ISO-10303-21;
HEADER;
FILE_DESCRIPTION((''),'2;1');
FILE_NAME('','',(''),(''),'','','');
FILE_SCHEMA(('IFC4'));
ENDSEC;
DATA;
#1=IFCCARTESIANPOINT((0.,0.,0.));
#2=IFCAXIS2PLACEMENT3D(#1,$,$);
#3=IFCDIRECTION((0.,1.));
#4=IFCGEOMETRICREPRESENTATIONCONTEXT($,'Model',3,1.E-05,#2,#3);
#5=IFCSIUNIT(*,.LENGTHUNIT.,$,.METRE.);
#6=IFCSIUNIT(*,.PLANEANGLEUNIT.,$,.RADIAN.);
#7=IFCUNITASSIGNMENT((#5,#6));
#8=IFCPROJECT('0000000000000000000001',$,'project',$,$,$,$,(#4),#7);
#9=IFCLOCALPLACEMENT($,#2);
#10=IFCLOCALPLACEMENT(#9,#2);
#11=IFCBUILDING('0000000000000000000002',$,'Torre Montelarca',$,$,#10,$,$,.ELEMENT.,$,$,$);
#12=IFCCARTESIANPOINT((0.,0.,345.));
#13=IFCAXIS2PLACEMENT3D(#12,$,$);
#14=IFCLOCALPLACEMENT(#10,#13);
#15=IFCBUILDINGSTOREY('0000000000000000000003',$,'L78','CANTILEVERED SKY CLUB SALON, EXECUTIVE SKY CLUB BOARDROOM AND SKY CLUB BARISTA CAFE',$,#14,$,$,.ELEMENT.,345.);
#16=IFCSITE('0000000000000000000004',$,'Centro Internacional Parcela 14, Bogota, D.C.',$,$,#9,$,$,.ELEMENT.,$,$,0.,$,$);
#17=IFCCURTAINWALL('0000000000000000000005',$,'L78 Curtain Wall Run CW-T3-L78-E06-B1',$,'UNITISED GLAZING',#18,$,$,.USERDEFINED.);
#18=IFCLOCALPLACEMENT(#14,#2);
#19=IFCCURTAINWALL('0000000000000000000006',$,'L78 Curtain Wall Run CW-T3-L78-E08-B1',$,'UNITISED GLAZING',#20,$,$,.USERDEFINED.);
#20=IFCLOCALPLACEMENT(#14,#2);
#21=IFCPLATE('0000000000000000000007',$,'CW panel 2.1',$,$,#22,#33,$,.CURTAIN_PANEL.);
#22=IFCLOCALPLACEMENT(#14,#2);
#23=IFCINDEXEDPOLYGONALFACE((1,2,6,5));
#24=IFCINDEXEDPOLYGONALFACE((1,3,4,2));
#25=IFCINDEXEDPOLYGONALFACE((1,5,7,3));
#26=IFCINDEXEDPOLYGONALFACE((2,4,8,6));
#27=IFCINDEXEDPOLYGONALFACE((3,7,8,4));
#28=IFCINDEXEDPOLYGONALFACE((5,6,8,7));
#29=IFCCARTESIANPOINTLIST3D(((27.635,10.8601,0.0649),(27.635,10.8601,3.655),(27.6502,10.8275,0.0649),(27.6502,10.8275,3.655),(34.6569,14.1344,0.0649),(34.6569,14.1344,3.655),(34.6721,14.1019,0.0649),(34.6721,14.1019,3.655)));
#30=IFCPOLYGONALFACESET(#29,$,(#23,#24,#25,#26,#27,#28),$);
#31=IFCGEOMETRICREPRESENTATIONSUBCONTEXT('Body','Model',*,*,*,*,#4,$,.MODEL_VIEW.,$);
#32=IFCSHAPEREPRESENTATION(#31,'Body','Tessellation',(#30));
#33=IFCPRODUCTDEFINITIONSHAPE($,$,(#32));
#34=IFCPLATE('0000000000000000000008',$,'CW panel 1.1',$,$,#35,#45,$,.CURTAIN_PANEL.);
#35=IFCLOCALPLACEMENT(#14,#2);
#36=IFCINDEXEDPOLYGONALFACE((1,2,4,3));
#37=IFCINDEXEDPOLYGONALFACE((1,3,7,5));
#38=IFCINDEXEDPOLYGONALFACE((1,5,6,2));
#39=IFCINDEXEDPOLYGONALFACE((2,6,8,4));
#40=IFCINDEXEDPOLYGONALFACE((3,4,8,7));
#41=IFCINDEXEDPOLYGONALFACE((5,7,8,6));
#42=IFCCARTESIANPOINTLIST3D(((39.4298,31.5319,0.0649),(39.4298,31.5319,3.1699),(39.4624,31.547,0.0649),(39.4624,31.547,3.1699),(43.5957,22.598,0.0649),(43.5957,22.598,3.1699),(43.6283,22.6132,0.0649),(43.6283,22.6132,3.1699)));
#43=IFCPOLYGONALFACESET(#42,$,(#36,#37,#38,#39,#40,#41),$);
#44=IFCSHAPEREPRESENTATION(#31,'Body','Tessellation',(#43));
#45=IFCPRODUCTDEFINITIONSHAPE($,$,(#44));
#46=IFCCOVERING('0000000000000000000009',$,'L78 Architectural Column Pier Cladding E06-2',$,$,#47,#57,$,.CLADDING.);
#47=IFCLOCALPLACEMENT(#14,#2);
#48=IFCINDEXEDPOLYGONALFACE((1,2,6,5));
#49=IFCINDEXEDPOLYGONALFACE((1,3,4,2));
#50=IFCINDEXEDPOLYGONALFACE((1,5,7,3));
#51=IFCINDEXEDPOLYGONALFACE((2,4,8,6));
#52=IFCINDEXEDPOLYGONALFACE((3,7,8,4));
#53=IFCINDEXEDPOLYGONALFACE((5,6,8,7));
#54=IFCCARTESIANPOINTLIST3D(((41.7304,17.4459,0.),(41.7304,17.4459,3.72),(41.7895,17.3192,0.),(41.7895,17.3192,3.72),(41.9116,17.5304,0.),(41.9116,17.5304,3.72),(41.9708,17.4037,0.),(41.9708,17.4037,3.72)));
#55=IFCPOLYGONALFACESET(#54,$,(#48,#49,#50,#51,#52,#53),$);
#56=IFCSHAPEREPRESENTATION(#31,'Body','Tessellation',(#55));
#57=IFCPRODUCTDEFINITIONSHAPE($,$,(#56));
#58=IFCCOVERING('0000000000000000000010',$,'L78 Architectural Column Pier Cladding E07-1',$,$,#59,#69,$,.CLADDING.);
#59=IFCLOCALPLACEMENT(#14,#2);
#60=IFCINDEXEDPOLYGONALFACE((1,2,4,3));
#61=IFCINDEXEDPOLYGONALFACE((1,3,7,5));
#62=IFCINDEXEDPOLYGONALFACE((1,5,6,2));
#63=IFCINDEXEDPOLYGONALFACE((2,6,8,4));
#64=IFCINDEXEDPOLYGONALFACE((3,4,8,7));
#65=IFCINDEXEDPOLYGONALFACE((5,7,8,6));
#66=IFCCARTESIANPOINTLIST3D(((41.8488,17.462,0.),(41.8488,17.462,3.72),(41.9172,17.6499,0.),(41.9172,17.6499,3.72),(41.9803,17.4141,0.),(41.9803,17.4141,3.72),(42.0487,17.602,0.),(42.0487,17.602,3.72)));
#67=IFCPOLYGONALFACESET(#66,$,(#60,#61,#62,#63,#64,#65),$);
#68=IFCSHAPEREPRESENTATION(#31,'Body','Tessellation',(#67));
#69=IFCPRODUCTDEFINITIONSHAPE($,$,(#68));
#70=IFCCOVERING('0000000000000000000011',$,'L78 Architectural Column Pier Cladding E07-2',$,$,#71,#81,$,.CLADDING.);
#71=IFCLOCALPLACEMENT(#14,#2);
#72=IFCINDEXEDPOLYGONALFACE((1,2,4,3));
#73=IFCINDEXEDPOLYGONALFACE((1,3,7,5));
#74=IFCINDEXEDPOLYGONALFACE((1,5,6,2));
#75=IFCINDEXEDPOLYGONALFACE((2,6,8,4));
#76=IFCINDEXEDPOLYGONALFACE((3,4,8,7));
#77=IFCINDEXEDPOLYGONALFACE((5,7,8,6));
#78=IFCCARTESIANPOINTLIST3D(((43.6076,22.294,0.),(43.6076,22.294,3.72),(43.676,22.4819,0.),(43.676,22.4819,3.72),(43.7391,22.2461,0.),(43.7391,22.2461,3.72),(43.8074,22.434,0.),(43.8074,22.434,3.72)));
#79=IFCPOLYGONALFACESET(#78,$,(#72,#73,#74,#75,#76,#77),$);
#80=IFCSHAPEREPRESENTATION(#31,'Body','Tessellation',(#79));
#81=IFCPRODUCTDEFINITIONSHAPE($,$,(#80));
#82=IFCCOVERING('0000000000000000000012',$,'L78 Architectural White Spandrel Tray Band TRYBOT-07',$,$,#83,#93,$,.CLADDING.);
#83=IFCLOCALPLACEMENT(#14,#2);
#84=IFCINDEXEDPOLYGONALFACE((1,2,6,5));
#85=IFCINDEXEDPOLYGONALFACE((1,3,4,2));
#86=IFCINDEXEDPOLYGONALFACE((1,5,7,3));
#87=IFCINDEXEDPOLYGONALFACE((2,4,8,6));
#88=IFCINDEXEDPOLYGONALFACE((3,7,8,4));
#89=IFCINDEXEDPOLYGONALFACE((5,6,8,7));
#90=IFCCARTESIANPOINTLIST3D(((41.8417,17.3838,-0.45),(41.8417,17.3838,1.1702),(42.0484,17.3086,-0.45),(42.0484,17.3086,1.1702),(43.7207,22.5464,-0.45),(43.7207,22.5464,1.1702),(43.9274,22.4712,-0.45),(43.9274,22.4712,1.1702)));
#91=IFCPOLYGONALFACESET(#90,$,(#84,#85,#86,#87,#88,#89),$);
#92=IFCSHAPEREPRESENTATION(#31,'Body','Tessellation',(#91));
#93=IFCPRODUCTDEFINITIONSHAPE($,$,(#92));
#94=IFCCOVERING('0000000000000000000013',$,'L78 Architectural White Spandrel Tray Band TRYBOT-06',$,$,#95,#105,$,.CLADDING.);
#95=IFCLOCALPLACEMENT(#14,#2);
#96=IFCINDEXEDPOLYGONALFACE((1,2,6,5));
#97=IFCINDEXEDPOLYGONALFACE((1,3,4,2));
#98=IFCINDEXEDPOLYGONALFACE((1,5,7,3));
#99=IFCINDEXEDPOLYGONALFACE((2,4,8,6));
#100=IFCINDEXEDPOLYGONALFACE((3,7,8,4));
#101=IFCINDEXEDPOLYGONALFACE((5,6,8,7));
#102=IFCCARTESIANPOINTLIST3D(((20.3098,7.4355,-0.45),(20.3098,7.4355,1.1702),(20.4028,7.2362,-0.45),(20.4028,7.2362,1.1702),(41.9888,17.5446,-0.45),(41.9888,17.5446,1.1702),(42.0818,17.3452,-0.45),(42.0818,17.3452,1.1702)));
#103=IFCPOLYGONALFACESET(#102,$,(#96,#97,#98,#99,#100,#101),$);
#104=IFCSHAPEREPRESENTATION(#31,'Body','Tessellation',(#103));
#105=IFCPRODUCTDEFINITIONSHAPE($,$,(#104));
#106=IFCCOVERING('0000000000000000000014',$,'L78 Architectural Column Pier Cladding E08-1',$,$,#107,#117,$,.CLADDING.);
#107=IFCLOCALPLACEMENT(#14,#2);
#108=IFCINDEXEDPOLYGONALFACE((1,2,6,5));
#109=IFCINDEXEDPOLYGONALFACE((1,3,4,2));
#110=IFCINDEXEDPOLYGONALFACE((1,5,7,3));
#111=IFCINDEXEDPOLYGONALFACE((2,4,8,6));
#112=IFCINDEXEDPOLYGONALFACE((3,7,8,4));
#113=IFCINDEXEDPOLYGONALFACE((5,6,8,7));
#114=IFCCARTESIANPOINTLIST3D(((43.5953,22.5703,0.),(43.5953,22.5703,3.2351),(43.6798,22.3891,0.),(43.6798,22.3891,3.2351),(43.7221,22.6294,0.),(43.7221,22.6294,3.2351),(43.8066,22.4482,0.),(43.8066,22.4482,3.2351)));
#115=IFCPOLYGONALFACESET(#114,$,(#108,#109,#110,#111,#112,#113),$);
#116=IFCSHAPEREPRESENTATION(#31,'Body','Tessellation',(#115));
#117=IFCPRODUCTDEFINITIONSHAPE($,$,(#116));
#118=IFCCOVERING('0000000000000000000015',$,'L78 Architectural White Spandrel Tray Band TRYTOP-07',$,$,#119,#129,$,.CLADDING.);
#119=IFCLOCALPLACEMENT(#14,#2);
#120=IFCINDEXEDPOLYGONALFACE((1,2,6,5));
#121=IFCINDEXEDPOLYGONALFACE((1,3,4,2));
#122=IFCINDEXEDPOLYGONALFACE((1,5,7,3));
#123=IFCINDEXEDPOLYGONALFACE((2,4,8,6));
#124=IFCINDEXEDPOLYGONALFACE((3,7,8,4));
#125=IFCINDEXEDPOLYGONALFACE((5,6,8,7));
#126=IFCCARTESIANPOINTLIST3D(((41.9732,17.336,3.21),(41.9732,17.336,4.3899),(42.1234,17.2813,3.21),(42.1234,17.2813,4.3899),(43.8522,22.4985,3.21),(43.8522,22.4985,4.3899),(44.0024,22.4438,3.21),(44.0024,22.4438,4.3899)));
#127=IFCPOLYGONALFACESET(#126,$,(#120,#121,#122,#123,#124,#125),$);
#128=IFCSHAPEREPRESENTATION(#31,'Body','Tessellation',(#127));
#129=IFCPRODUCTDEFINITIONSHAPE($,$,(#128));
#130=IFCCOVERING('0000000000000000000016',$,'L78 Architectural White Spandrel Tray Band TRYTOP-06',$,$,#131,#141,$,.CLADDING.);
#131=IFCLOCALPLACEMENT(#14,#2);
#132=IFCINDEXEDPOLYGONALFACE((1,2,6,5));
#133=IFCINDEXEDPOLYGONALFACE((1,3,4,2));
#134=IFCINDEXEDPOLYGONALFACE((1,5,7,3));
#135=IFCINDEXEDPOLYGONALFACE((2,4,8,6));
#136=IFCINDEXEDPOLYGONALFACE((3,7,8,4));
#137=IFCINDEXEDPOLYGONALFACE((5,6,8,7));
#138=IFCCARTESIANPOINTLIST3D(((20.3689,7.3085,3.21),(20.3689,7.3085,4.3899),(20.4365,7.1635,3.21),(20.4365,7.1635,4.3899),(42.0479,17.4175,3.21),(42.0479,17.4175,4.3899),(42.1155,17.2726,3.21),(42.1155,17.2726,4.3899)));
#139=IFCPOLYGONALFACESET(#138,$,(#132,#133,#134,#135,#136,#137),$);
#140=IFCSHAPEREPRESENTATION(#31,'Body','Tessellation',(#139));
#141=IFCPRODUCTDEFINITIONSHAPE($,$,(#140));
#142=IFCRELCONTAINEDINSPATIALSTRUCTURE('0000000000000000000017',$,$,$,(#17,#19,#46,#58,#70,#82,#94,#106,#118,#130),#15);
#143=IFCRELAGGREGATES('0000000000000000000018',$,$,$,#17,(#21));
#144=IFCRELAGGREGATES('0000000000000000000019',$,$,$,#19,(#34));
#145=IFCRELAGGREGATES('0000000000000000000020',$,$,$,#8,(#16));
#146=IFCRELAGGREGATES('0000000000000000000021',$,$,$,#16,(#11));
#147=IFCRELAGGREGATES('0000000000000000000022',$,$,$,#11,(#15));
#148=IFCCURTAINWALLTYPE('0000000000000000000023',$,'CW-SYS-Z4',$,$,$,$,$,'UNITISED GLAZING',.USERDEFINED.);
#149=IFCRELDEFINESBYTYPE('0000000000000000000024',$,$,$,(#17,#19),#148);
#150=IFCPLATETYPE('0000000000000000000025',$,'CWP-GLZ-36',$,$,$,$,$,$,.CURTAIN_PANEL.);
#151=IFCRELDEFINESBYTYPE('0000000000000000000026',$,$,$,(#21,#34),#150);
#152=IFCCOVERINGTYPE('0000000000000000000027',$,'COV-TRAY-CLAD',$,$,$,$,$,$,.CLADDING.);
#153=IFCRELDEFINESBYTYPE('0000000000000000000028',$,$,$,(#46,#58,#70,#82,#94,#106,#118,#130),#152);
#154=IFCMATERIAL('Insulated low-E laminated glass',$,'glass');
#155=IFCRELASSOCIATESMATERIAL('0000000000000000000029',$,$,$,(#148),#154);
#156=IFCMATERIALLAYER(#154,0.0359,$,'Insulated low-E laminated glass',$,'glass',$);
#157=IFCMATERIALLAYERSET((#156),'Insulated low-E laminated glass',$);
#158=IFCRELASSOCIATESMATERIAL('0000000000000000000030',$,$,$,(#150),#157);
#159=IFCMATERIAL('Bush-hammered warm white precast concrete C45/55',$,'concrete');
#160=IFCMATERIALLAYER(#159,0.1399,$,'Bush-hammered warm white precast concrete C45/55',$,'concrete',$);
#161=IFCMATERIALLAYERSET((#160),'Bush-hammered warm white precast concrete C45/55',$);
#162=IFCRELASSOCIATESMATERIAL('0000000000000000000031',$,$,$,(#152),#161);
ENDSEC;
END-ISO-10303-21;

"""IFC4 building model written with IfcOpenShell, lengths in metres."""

from ifc_helpers import new_model, si_unit, direction, frame, origin, origin_2d, place, context, subcontext, project, spatial, rectangle, extrude, source, transform, mapped, material, layer, layer_set, type_object, element, aggregate, save


model = new_model("IFC4")

# Units and contexts
model_context = context("Model", 3, precision=1e-05, world=origin(), true_north=direction((0.0, 1.0)))
body_context = subcontext(model_context, "Body", "Model", "MODEL_VIEW")
ifc_project = project(units=[si_unit("LENGTHUNIT", "METRE"), si_unit("PLANEANGLEUNIT", "RADIAN")], contexts=[model_context])

# Site, building, storey
site_placement = place(None, origin())
site = spatial("IfcSite", under=ifc_project, at=site_placement, Name="Centro Internacional Parcela 14, Bogota, D.C.", CompositionType="ELEMENT", RefElevation=0.0)
building_placement = place(site_placement, origin())
building = spatial("IfcBuilding", under=site, at=building_placement, Name="Torre Montelarca", CompositionType="ELEMENT")
storey_placement = place(building_placement, frame((0.0, 0.0, 345.0)))
storey = spatial("IfcBuildingStorey", under=building, at=storey_placement, Name="L78", Description="CANTILEVERED SKY CLUB SALON, EXECUTIVE SKY CLUB BOARDROOM AND SKY CLUB BARISTA CAFE", CompositionType="ELEMENT", Elevation=345.0)

# Curtain wall
ifc_material_1 = material(Name="Insulated low-E laminated glass", Category="glass")
curtain_wall_type = type_object("IfcCurtainWallType", Name="CW-SYS-Z4", ElementType="UNITISED GLAZING", PredefinedType="USERDEFINED", material=ifc_material_1)
curtain_wall_1_placement = place(storey_placement, origin())
curtain_wall_1 = element("IfcCurtainWall", 1, at=curtain_wall_1_placement, inside=storey, type_object=curtain_wall_type, Name="L78 Curtain Wall Run CW-T3-L78-E06-B1", ObjectType="UNITISED GLAZING", PredefinedType="USERDEFINED")

# Curtain wall
curtain_wall_2_placement = place(storey_placement, origin())
curtain_wall_2 = element("IfcCurtainWall", 2, at=curtain_wall_2_placement, inside=storey, type_object=curtain_wall_type, Name="L78 Curtain Wall Run CW-T3-L78-E08-B1", ObjectType="UNITISED GLAZING", PredefinedType="USERDEFINED")

# Plates
ifc_layer_1 = layer(ifc_material_1, 0.0359, Name="Insulated low-E laminated glass", Category="glass")
ifc_layer_set_1 = layer_set([ifc_layer_1], Name="Insulated low-E laminated glass")
plate_type = type_object("IfcPlateType", Name="CWP-GLZ-36", PredefinedType="CURTAIN_PANEL", material=ifc_layer_set_1)
shared_shape_1 = source(origin(), body_context, "Body", "SweptSolid", [
    extrude(rectangle(XDim=7.7478, YDim=0.0359, at=origin_2d()), origin(), (0.0, 0.0, 1.0), 3.5901),
])
plate_1_placement = place(storey_placement, frame((31.1536, 12.481, 0.0649), z_axis=(0.0, 0.0, 1.0), x_axis=(0.906311, 0.422612, 0.0)))
plate_1 = element("IfcPlate", 3, at=plate_1_placement, type_object=plate_type, Name="CW panel 2.1", PredefinedType="CURTAIN_PANEL", context=body_context, shape_type="MappedRepresentation", body=[
    mapped(shared_shape_1, transform((0.0, 0.0, 0.0), scale=1.0)),
])
aggregate(curtain_wall_1, [plate_1])
shared_shape_2 = source(origin(), body_context, "Body", "SweptSolid", [
    extrude(rectangle(XDim=9.8574, YDim=0.0359, at=origin_2d()), origin(), (0.0, 0.0, 1.0), 3.105),
])
plate_2_placement = place(storey_placement, frame((41.5291, 27.0725, 0.0649), z_axis=(0.0, 0.0, 1.0), x_axis=(-0.422615, 0.906309, 0.0)))
plate_2 = element("IfcPlate", 4, at=plate_2_placement, type_object=plate_type, Name="CW panel 1.1", PredefinedType="CURTAIN_PANEL", context=body_context, shape_type="MappedRepresentation", body=[
    mapped(shared_shape_2, transform((0.0, 0.0, 0.0), scale=1.0)),
])
aggregate(curtain_wall_2, [plate_2])

# Coverings
ifc_material_2 = material(Name="Bush-hammered warm white precast concrete C45/55", Category="concrete")
ifc_layer_2 = layer(ifc_material_2, 0.1399, Name="Bush-hammered warm white precast concrete C45/55", Category="concrete")
ifc_layer_set_2 = layer_set([ifc_layer_2], Name="Bush-hammered warm white precast concrete C45/55")
covering_type = type_object("IfcCoveringType", Name="COV-TRAY-CLAD", PredefinedType="CLADDING", material=ifc_layer_set_2)
shared_shape_3 = source(origin(), body_context, "Body", "SweptSolid", [
    extrude(rectangle(XDim=0.2, YDim=0.1399, at=origin_2d()), origin(), (0.0, 0.0, 1.0), 3.72),
])
for number, where, z_axis, x_axis, name in (
    (5, (41.8506, 17.4248, 0.0), (0.0, 0.0, 1.0), (0.906309, 0.422615, 0.0), "L78 Architectural Column Pier Cladding E06-2"),
    (6, (41.9487, 17.532, 0.0), (0.0, 0.0, 1.0), (0.34201, 0.939696, 0.0), "L78 Architectural Column Pier Cladding E07-1"),
    (7, (43.7075, 22.364, 0.0), (0.0, 0.0, 1.0), (0.34201, 0.939696, 0.0), "L78 Architectural Column Pier Cladding E07-2"),
):
    element("IfcCovering", number, at=place(storey_placement, frame(where, z_axis=z_axis, x_axis=x_axis)), inside=storey, type_object=covering_type, Name=name, PredefinedType="CLADDING", context=body_context, shape_type="MappedRepresentation", body=[
        mapped(shared_shape_3, transform((0.0, 0.0, 0.0), scale=1.0)),
    ])
shared_shape_4 = source(origin(), body_context, "Body", "SweptSolid", [
    extrude(rectangle(XDim=5.4939, YDim=0.22, at=origin_2d()), origin(), (0.0, 0.0, 1.0), 1.6201),
])
covering_1_placement = place(storey_placement, frame((42.8845, 19.9275, -0.45), z_axis=(0.0, 0.0, 1.0), x_axis=(0.342019, 0.939693, 0.0)))
element("IfcCovering", 8, at=covering_1_placement, inside=storey, type_object=covering_type, Name="L78 Architectural White Spandrel Tray Band TRYBOT-07", PredefinedType="CLADDING", context=body_context, shape_type="MappedRepresentation", body=[
    mapped(shared_shape_4, transform((0.0, 0.0, 0.0), scale=1.0)),
])
shared_shape_5 = source(origin(), body_context, "Body", "SweptSolid", [
    extrude(rectangle(XDim=23.9202, YDim=0.22, at=origin_2d()), origin(), (0.0, 0.0, 1.0), 1.6201),
])
covering_2_placement = place(storey_placement, frame((31.1958, 12.3904, -0.45), z_axis=(0.0, 0.0, 1.0), x_axis=(0.906309, 0.422617, 0.0)))
element("IfcCovering", 9, at=covering_2_placement, inside=storey, type_object=covering_type, Name="L78 Architectural White Spandrel Tray Band TRYBOT-06", PredefinedType="CLADDING", context=body_context, shape_type="MappedRepresentation", body=[
    mapped(shared_shape_5, transform((0.0, 0.0, 0.0), scale=1.0)),
])
shared_shape_6 = source(origin(), body_context, "Body", "SweptSolid", [
    extrude(rectangle(XDim=0.2, YDim=0.1399, at=origin_2d()), origin(), (0.0, 0.0, 1.0), 3.2351),
])
covering_3_placement = place(storey_placement, frame((43.7009, 22.5093, 0.0), z_axis=(0.0, 0.0, 1.0), x_axis=(-0.422617, 0.906309, 0.0)))
element("IfcCovering", 10, at=covering_3_placement, inside=storey, type_object=covering_type, Name="L78 Architectural Column Pier Cladding E08-1", PredefinedType="CLADDING", context=body_context, shape_type="MappedRepresentation", body=[
    mapped(shared_shape_6, transform((0.0, 0.0, 0.0), scale=1.0)),
])
shared_shape_7 = source(origin(), body_context, "Body", "SweptSolid", [
    extrude(rectangle(XDim=5.4939, YDim=0.1599, at=origin_2d()), origin(), (0.0, 0.0, 1.0), 1.1799),
])
covering_4_placement = place(storey_placement, frame((42.9878, 19.8899, 3.21), z_axis=(0.0, 0.0, 1.0), x_axis=(0.342019, 0.939693, 0.0)))
element("IfcCovering", 11, at=covering_4_placement, inside=storey, type_object=covering_type, Name="L78 Architectural White Spandrel Tray Band TRYTOP-07", PredefinedType="CLADDING", context=body_context, shape_type="MappedRepresentation", body=[
    mapped(shared_shape_7, transform((0.0, 0.0, 0.0), scale=1.0)),
])
shared_shape_8 = source(origin(), body_context, "Body", "SweptSolid", [
    extrude(rectangle(XDim=23.9202, YDim=0.1599, at=origin_2d()), origin(), (0.0, 0.0, 1.0), 1.1799),
])
covering_5_placement = place(storey_placement, frame((31.2422, 12.2905, 3.21), z_axis=(0.0, 0.0, 1.0), x_axis=(0.906309, 0.422617, 0.0)))
element("IfcCovering", 12, at=covering_5_placement, inside=storey, type_object=covering_type, Name="L78 Architectural White Spandrel Tray Band TRYTOP-06", PredefinedType="CLADDING", context=body_context, shape_type="MappedRepresentation", body=[
    mapped(shared_shape_8, transform((0.0, 0.0, 0.0), scale=1.0)),
])

save(model, "model.ifc")
